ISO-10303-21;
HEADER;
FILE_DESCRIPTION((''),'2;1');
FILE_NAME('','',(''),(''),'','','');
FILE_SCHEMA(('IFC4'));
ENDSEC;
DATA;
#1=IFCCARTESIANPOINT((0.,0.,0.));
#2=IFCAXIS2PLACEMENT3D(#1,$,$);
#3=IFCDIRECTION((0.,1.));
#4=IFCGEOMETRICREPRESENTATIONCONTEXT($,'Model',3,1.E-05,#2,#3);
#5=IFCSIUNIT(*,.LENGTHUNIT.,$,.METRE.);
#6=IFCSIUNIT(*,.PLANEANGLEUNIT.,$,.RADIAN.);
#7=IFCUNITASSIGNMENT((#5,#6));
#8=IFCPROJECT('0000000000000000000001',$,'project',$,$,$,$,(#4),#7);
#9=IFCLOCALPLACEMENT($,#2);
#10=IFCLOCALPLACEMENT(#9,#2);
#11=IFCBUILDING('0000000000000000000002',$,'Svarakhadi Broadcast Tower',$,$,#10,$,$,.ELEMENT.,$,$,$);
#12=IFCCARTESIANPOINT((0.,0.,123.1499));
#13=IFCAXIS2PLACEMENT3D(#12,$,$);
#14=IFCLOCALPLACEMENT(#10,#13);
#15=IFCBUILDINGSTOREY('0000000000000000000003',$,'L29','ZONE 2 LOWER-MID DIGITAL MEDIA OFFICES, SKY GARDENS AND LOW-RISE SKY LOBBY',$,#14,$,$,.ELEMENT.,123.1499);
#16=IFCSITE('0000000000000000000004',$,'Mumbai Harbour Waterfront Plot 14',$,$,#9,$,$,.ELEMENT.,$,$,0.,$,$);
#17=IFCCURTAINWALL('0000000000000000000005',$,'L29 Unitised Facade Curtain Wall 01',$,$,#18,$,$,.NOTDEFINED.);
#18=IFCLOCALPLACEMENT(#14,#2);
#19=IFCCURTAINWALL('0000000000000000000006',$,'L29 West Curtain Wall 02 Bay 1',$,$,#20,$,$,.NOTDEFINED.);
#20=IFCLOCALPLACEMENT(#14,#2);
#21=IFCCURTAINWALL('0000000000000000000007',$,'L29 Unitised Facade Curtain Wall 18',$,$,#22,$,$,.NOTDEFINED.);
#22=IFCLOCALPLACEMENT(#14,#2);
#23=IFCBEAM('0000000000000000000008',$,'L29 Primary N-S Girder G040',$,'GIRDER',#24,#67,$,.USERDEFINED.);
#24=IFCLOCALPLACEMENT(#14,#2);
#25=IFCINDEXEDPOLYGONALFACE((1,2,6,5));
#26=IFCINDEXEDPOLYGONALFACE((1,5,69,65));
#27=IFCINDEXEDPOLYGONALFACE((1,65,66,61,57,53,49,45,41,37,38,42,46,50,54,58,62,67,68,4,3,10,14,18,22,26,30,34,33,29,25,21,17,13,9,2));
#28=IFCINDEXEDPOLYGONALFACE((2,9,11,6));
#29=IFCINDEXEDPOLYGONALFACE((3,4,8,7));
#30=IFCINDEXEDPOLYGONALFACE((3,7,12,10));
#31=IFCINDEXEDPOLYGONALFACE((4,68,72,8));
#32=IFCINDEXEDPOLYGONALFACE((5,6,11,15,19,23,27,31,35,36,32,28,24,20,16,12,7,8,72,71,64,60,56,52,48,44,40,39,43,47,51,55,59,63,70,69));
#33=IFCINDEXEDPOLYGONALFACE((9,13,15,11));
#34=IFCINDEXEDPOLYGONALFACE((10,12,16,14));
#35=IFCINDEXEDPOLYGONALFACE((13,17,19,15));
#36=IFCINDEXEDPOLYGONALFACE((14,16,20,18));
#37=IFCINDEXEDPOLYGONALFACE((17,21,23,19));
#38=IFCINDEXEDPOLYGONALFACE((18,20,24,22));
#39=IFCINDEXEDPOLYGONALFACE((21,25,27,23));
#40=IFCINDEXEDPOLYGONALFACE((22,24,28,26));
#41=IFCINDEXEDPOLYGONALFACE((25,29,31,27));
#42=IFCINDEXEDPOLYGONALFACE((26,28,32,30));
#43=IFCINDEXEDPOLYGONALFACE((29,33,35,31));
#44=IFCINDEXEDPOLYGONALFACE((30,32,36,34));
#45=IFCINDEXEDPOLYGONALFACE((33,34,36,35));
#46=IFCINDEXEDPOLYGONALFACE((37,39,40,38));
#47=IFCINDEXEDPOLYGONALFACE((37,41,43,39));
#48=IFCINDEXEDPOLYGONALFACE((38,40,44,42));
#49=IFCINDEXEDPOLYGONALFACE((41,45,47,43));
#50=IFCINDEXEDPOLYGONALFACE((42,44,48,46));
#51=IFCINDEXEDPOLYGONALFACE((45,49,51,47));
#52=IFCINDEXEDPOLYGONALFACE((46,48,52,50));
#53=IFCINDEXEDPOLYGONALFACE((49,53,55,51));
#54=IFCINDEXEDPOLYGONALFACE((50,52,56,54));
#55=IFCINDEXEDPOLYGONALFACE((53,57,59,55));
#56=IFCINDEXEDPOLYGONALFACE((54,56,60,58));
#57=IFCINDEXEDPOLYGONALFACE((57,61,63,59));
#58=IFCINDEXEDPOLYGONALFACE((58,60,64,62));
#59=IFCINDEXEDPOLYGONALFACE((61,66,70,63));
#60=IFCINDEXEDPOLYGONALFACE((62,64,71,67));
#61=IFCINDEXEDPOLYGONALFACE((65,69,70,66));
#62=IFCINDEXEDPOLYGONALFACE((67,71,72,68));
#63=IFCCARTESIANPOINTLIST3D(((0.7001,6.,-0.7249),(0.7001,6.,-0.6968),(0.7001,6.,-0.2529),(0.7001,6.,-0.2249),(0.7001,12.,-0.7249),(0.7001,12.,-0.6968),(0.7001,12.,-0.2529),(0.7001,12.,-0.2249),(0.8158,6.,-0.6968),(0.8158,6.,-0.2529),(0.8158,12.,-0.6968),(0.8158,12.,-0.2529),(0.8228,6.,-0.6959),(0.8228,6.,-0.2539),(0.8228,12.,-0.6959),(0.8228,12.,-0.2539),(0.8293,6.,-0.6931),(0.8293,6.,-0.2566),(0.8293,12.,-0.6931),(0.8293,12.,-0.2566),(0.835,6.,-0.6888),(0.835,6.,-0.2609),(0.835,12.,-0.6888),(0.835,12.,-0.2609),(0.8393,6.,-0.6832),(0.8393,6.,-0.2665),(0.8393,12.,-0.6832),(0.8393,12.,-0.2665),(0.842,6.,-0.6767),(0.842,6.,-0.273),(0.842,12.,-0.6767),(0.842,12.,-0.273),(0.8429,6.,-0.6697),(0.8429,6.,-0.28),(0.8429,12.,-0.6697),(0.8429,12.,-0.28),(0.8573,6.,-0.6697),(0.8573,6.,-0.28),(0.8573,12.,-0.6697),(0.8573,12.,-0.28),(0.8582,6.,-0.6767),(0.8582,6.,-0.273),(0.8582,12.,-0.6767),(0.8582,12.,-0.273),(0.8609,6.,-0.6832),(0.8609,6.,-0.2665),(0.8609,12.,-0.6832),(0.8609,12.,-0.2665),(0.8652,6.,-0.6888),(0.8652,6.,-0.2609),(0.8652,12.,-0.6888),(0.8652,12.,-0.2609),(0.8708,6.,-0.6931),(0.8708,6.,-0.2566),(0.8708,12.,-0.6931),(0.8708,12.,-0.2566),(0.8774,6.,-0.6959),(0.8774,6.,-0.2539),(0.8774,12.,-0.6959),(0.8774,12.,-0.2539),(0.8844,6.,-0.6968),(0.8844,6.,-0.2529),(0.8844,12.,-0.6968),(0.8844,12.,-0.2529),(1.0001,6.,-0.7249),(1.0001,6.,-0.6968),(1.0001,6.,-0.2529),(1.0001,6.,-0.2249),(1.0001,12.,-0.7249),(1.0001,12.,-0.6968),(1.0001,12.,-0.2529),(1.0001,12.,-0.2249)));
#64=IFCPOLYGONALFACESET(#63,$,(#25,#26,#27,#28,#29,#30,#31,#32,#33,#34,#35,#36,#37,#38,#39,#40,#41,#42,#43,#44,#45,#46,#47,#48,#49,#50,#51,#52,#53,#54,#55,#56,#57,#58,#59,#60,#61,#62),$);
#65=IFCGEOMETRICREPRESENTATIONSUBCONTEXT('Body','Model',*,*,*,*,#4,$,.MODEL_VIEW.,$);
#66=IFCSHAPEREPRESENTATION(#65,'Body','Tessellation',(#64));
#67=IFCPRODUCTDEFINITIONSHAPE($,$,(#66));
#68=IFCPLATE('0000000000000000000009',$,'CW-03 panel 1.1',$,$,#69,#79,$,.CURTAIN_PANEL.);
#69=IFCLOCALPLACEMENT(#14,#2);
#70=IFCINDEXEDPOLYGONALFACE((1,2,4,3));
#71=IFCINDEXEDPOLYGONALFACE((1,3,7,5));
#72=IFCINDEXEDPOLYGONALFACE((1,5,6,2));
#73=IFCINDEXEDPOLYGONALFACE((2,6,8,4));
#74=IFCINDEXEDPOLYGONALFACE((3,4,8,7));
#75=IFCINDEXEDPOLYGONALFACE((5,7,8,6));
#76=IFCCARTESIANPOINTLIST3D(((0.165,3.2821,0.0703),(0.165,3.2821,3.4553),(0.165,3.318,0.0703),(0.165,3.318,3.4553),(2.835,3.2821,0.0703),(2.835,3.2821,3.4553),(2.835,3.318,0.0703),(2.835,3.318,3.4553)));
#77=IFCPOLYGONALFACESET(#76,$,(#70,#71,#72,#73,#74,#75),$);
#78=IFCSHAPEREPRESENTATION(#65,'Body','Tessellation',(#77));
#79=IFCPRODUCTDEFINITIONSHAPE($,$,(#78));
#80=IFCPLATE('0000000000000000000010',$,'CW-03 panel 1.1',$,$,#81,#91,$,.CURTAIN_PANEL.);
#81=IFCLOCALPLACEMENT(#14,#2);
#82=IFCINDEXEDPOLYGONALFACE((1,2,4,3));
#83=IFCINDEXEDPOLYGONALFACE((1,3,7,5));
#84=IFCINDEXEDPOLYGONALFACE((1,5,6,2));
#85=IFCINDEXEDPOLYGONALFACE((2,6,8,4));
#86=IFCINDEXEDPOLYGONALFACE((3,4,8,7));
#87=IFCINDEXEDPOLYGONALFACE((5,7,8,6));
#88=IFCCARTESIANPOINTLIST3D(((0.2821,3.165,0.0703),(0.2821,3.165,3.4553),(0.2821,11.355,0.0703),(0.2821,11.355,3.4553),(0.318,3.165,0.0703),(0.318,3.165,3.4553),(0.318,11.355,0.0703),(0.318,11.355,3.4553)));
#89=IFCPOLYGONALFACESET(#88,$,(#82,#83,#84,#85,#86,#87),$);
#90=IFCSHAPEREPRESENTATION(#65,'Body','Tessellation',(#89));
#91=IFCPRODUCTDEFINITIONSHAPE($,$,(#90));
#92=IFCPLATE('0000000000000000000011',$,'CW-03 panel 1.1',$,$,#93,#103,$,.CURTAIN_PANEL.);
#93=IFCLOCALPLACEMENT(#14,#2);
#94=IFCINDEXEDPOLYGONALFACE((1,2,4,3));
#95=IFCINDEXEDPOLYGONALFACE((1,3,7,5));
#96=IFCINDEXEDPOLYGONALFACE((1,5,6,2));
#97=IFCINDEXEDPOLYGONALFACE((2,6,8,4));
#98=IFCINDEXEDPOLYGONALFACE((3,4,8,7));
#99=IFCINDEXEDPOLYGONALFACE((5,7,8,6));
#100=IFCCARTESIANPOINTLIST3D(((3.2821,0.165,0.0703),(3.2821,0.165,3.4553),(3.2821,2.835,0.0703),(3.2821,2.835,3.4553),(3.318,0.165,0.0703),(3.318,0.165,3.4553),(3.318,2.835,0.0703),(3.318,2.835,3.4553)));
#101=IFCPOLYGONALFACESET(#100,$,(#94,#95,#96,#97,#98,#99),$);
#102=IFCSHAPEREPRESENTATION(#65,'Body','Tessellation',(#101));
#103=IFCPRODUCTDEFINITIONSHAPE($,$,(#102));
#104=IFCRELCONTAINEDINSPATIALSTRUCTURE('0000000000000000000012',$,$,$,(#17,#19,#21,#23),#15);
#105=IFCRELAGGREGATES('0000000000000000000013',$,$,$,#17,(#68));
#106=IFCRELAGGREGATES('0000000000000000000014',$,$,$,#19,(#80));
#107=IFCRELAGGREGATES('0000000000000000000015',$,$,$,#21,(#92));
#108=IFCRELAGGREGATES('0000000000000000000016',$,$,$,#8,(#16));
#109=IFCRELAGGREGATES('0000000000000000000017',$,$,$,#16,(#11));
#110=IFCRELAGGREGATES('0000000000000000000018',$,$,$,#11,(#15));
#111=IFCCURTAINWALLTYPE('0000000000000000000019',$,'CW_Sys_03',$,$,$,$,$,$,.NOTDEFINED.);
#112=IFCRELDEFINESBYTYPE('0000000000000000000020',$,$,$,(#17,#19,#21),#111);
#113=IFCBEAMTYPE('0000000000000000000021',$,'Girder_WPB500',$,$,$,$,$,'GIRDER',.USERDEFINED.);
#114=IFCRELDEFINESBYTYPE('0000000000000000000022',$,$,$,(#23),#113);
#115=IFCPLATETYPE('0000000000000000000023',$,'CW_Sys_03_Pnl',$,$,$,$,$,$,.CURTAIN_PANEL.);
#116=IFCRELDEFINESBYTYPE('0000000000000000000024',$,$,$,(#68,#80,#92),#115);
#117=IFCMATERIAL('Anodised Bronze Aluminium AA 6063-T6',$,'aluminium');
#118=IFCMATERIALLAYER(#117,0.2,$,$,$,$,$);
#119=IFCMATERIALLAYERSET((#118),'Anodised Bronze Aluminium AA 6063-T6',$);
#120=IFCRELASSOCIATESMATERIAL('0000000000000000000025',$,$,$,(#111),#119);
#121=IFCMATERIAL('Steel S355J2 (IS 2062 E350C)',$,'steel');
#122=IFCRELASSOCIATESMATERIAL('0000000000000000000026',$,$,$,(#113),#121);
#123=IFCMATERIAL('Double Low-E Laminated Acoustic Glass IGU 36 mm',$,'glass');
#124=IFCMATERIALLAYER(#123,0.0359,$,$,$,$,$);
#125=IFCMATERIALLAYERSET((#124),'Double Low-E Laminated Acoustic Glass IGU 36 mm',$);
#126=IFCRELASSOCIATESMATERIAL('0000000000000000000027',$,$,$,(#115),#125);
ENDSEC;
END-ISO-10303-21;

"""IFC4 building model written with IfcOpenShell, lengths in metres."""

from ifc_helpers import new_model, si_unit, direction, frame, origin, origin_2d, place, context, subcontext, project, spatial, rectangle, i_section, extrude, material, layer, layer_set, material_profile, profile_set, type_object, element, aggregate, save


model = new_model("IFC4")

# Units and contexts
model_context = context("Model", 3, precision=1e-05, world=origin(), true_north=direction((0.0, 1.0)))
body_context = subcontext(model_context, "Body", "Model", "MODEL_VIEW")
ifc_project = project(units=[si_unit("LENGTHUNIT", "METRE"), si_unit("PLANEANGLEUNIT", "RADIAN")], contexts=[model_context])

# Site, building, storey
site_placement = place(None, origin())
site = spatial("IfcSite", under=ifc_project, at=site_placement, Name="Mumbai Harbour Waterfront Plot 14", CompositionType="ELEMENT", RefElevation=0.0)
building_placement = place(site_placement, origin())
building = spatial("IfcBuilding", under=site, at=building_placement, Name="Svarakhadi Broadcast Tower", CompositionType="ELEMENT")
storey_placement = place(building_placement, frame((0.0, 0.0, 123.1499)))
storey = spatial("IfcBuildingStorey", under=building, at=storey_placement, Name="L29", Description="ZONE 2 LOWER-MID DIGITAL MEDIA OFFICES, SKY GARDENS AND LOW-RISE SKY LOBBY", CompositionType="ELEMENT", Elevation=123.1499)

# Curtain wall
ifc_material_1 = material(Name="Anodised Bronze Aluminium AA 6063-T6", Category="aluminium")
ifc_layer_1 = layer(ifc_material_1, 0.2)
ifc_layer_set_1 = layer_set([ifc_layer_1], Name="Anodised Bronze Aluminium AA 6063-T6")
curtain_wall_type = type_object("IfcCurtainWallType", Name="CW_Sys_03", PredefinedType="NOTDEFINED", material=ifc_layer_set_1)
curtain_wall_1_placement = place(storey_placement, origin())
curtain_wall_1 = element("IfcCurtainWall", 1, at=curtain_wall_1_placement, inside=storey, type_object=curtain_wall_type, Name="L29 Unitised Facade Curtain Wall 01", PredefinedType="NOTDEFINED")

# Curtain wall
curtain_wall_2_placement = place(storey_placement, origin())
curtain_wall_2 = element("IfcCurtainWall", 2, at=curtain_wall_2_placement, inside=storey, type_object=curtain_wall_type, Name="L29 West Curtain Wall 02 Bay 1", PredefinedType="NOTDEFINED")

# Curtain wall
curtain_wall_3_placement = place(storey_placement, origin())
curtain_wall_3 = element("IfcCurtainWall", 3, at=curtain_wall_3_placement, inside=storey, type_object=curtain_wall_type, Name="L29 Unitised Facade Curtain Wall 18", PredefinedType="NOTDEFINED")

# Beam
ifc_material_2 = material(Name="Steel S355J2 (IS 2062 E350C)", Category="steel")
ifc_material_profile_1 = material_profile(ifc_material_2, i_section(OverallWidth=0.3, OverallDepth=0.5, WebThickness=0.0144, FlangeThickness=0.0281, FilletRadius=0.0271, at=origin_2d()), Name="WPB 500x300x187")
ifc_profile_set_1 = profile_set([ifc_material_profile_1], Name="Steel S355J2 (IS 2062 E350C)")
beam_type = type_object("IfcBeamType", Name="Girder_WPB500", ElementType="GIRDER", PredefinedType="USERDEFINED", material=ifc_profile_set_1)
beam_1_placement = place(storey_placement, frame((0.8501, 6.0, -0.4749), z_axis=(0.0, 1.0, 0.0), x_axis=(-1.0, 0.0, 0.0)))
element("IfcBeam", 4, at=beam_1_placement, inside=storey, type_object=beam_type, Name="L29 Primary N-S Girder G040", ObjectType="GIRDER", PredefinedType="USERDEFINED", context=body_context, shape_type="SweptSolid", body=[
    extrude(i_section(OverallWidth=0.3, OverallDepth=0.5, WebThickness=0.0144, FlangeThickness=0.0281, FilletRadius=0.0271, at=origin_2d()), origin(), (0.0, 0.0, 1.0), 6.0),
])

# Plates
ifc_material_3 = material(Name="Double Low-E Laminated Acoustic Glass IGU 36 mm", Category="glass")
ifc_layer_2 = layer(ifc_material_3, 0.0359)
ifc_layer_set_2 = layer_set([ifc_layer_2], Name="Double Low-E Laminated Acoustic Glass IGU 36 mm")
plate_type = type_object("IfcPlateType", Name="CW_Sys_03_Pnl", PredefinedType="CURTAIN_PANEL", material=ifc_layer_set_2)
plate_1_placement = place(storey_placement, frame((1.5, 3.3, 0.0703), z_axis=(0.0, 0.0, 1.0), x_axis=(-1.0, 0.0, 0.0)))
plate_1 = element("IfcPlate", 5, at=plate_1_placement, type_object=plate_type, Name="CW-03 panel 1.1", PredefinedType="CURTAIN_PANEL", context=body_context, shape_type="SweptSolid", body=[
    extrude(rectangle(XDim=2.6699, YDim=0.0359, at=origin_2d()), origin(), (0.0, 0.0, 1.0), 3.385),
])
aggregate(curtain_wall_1, [plate_1])
plate_2_placement = place(storey_placement, frame((0.3, 7.26, 0.0703), z_axis=(0.0, 0.0, 1.0), x_axis=(0.0, 1.0, 0.0)))
plate_2 = element("IfcPlate", 6, at=plate_2_placement, type_object=plate_type, Name="CW-03 panel 1.1", PredefinedType="CURTAIN_PANEL", context=body_context, shape_type="SweptSolid", body=[
    extrude(rectangle(XDim=8.1899, YDim=0.0359, at=origin_2d()), origin(), (0.0, 0.0, 1.0), 3.385),
])
aggregate(curtain_wall_2, [plate_2])
plate_3_placement = place(storey_placement, frame((3.3, 1.5, 0.0703), z_axis=(0.0, 0.0, 1.0), x_axis=(0.0, 1.0, 0.0)))
plate_3 = element("IfcPlate", 7, at=plate_3_placement, type_object=plate_type, Name="CW-03 panel 1.1", PredefinedType="CURTAIN_PANEL", context=body_context, shape_type="SweptSolid", body=[
    extrude(rectangle(XDim=2.6699, YDim=0.0359, at=origin_2d()), origin(), (0.0, 0.0, 1.0), 3.385),
])
aggregate(curtain_wall_3, [plate_3])

save(model, "model.ifc")
